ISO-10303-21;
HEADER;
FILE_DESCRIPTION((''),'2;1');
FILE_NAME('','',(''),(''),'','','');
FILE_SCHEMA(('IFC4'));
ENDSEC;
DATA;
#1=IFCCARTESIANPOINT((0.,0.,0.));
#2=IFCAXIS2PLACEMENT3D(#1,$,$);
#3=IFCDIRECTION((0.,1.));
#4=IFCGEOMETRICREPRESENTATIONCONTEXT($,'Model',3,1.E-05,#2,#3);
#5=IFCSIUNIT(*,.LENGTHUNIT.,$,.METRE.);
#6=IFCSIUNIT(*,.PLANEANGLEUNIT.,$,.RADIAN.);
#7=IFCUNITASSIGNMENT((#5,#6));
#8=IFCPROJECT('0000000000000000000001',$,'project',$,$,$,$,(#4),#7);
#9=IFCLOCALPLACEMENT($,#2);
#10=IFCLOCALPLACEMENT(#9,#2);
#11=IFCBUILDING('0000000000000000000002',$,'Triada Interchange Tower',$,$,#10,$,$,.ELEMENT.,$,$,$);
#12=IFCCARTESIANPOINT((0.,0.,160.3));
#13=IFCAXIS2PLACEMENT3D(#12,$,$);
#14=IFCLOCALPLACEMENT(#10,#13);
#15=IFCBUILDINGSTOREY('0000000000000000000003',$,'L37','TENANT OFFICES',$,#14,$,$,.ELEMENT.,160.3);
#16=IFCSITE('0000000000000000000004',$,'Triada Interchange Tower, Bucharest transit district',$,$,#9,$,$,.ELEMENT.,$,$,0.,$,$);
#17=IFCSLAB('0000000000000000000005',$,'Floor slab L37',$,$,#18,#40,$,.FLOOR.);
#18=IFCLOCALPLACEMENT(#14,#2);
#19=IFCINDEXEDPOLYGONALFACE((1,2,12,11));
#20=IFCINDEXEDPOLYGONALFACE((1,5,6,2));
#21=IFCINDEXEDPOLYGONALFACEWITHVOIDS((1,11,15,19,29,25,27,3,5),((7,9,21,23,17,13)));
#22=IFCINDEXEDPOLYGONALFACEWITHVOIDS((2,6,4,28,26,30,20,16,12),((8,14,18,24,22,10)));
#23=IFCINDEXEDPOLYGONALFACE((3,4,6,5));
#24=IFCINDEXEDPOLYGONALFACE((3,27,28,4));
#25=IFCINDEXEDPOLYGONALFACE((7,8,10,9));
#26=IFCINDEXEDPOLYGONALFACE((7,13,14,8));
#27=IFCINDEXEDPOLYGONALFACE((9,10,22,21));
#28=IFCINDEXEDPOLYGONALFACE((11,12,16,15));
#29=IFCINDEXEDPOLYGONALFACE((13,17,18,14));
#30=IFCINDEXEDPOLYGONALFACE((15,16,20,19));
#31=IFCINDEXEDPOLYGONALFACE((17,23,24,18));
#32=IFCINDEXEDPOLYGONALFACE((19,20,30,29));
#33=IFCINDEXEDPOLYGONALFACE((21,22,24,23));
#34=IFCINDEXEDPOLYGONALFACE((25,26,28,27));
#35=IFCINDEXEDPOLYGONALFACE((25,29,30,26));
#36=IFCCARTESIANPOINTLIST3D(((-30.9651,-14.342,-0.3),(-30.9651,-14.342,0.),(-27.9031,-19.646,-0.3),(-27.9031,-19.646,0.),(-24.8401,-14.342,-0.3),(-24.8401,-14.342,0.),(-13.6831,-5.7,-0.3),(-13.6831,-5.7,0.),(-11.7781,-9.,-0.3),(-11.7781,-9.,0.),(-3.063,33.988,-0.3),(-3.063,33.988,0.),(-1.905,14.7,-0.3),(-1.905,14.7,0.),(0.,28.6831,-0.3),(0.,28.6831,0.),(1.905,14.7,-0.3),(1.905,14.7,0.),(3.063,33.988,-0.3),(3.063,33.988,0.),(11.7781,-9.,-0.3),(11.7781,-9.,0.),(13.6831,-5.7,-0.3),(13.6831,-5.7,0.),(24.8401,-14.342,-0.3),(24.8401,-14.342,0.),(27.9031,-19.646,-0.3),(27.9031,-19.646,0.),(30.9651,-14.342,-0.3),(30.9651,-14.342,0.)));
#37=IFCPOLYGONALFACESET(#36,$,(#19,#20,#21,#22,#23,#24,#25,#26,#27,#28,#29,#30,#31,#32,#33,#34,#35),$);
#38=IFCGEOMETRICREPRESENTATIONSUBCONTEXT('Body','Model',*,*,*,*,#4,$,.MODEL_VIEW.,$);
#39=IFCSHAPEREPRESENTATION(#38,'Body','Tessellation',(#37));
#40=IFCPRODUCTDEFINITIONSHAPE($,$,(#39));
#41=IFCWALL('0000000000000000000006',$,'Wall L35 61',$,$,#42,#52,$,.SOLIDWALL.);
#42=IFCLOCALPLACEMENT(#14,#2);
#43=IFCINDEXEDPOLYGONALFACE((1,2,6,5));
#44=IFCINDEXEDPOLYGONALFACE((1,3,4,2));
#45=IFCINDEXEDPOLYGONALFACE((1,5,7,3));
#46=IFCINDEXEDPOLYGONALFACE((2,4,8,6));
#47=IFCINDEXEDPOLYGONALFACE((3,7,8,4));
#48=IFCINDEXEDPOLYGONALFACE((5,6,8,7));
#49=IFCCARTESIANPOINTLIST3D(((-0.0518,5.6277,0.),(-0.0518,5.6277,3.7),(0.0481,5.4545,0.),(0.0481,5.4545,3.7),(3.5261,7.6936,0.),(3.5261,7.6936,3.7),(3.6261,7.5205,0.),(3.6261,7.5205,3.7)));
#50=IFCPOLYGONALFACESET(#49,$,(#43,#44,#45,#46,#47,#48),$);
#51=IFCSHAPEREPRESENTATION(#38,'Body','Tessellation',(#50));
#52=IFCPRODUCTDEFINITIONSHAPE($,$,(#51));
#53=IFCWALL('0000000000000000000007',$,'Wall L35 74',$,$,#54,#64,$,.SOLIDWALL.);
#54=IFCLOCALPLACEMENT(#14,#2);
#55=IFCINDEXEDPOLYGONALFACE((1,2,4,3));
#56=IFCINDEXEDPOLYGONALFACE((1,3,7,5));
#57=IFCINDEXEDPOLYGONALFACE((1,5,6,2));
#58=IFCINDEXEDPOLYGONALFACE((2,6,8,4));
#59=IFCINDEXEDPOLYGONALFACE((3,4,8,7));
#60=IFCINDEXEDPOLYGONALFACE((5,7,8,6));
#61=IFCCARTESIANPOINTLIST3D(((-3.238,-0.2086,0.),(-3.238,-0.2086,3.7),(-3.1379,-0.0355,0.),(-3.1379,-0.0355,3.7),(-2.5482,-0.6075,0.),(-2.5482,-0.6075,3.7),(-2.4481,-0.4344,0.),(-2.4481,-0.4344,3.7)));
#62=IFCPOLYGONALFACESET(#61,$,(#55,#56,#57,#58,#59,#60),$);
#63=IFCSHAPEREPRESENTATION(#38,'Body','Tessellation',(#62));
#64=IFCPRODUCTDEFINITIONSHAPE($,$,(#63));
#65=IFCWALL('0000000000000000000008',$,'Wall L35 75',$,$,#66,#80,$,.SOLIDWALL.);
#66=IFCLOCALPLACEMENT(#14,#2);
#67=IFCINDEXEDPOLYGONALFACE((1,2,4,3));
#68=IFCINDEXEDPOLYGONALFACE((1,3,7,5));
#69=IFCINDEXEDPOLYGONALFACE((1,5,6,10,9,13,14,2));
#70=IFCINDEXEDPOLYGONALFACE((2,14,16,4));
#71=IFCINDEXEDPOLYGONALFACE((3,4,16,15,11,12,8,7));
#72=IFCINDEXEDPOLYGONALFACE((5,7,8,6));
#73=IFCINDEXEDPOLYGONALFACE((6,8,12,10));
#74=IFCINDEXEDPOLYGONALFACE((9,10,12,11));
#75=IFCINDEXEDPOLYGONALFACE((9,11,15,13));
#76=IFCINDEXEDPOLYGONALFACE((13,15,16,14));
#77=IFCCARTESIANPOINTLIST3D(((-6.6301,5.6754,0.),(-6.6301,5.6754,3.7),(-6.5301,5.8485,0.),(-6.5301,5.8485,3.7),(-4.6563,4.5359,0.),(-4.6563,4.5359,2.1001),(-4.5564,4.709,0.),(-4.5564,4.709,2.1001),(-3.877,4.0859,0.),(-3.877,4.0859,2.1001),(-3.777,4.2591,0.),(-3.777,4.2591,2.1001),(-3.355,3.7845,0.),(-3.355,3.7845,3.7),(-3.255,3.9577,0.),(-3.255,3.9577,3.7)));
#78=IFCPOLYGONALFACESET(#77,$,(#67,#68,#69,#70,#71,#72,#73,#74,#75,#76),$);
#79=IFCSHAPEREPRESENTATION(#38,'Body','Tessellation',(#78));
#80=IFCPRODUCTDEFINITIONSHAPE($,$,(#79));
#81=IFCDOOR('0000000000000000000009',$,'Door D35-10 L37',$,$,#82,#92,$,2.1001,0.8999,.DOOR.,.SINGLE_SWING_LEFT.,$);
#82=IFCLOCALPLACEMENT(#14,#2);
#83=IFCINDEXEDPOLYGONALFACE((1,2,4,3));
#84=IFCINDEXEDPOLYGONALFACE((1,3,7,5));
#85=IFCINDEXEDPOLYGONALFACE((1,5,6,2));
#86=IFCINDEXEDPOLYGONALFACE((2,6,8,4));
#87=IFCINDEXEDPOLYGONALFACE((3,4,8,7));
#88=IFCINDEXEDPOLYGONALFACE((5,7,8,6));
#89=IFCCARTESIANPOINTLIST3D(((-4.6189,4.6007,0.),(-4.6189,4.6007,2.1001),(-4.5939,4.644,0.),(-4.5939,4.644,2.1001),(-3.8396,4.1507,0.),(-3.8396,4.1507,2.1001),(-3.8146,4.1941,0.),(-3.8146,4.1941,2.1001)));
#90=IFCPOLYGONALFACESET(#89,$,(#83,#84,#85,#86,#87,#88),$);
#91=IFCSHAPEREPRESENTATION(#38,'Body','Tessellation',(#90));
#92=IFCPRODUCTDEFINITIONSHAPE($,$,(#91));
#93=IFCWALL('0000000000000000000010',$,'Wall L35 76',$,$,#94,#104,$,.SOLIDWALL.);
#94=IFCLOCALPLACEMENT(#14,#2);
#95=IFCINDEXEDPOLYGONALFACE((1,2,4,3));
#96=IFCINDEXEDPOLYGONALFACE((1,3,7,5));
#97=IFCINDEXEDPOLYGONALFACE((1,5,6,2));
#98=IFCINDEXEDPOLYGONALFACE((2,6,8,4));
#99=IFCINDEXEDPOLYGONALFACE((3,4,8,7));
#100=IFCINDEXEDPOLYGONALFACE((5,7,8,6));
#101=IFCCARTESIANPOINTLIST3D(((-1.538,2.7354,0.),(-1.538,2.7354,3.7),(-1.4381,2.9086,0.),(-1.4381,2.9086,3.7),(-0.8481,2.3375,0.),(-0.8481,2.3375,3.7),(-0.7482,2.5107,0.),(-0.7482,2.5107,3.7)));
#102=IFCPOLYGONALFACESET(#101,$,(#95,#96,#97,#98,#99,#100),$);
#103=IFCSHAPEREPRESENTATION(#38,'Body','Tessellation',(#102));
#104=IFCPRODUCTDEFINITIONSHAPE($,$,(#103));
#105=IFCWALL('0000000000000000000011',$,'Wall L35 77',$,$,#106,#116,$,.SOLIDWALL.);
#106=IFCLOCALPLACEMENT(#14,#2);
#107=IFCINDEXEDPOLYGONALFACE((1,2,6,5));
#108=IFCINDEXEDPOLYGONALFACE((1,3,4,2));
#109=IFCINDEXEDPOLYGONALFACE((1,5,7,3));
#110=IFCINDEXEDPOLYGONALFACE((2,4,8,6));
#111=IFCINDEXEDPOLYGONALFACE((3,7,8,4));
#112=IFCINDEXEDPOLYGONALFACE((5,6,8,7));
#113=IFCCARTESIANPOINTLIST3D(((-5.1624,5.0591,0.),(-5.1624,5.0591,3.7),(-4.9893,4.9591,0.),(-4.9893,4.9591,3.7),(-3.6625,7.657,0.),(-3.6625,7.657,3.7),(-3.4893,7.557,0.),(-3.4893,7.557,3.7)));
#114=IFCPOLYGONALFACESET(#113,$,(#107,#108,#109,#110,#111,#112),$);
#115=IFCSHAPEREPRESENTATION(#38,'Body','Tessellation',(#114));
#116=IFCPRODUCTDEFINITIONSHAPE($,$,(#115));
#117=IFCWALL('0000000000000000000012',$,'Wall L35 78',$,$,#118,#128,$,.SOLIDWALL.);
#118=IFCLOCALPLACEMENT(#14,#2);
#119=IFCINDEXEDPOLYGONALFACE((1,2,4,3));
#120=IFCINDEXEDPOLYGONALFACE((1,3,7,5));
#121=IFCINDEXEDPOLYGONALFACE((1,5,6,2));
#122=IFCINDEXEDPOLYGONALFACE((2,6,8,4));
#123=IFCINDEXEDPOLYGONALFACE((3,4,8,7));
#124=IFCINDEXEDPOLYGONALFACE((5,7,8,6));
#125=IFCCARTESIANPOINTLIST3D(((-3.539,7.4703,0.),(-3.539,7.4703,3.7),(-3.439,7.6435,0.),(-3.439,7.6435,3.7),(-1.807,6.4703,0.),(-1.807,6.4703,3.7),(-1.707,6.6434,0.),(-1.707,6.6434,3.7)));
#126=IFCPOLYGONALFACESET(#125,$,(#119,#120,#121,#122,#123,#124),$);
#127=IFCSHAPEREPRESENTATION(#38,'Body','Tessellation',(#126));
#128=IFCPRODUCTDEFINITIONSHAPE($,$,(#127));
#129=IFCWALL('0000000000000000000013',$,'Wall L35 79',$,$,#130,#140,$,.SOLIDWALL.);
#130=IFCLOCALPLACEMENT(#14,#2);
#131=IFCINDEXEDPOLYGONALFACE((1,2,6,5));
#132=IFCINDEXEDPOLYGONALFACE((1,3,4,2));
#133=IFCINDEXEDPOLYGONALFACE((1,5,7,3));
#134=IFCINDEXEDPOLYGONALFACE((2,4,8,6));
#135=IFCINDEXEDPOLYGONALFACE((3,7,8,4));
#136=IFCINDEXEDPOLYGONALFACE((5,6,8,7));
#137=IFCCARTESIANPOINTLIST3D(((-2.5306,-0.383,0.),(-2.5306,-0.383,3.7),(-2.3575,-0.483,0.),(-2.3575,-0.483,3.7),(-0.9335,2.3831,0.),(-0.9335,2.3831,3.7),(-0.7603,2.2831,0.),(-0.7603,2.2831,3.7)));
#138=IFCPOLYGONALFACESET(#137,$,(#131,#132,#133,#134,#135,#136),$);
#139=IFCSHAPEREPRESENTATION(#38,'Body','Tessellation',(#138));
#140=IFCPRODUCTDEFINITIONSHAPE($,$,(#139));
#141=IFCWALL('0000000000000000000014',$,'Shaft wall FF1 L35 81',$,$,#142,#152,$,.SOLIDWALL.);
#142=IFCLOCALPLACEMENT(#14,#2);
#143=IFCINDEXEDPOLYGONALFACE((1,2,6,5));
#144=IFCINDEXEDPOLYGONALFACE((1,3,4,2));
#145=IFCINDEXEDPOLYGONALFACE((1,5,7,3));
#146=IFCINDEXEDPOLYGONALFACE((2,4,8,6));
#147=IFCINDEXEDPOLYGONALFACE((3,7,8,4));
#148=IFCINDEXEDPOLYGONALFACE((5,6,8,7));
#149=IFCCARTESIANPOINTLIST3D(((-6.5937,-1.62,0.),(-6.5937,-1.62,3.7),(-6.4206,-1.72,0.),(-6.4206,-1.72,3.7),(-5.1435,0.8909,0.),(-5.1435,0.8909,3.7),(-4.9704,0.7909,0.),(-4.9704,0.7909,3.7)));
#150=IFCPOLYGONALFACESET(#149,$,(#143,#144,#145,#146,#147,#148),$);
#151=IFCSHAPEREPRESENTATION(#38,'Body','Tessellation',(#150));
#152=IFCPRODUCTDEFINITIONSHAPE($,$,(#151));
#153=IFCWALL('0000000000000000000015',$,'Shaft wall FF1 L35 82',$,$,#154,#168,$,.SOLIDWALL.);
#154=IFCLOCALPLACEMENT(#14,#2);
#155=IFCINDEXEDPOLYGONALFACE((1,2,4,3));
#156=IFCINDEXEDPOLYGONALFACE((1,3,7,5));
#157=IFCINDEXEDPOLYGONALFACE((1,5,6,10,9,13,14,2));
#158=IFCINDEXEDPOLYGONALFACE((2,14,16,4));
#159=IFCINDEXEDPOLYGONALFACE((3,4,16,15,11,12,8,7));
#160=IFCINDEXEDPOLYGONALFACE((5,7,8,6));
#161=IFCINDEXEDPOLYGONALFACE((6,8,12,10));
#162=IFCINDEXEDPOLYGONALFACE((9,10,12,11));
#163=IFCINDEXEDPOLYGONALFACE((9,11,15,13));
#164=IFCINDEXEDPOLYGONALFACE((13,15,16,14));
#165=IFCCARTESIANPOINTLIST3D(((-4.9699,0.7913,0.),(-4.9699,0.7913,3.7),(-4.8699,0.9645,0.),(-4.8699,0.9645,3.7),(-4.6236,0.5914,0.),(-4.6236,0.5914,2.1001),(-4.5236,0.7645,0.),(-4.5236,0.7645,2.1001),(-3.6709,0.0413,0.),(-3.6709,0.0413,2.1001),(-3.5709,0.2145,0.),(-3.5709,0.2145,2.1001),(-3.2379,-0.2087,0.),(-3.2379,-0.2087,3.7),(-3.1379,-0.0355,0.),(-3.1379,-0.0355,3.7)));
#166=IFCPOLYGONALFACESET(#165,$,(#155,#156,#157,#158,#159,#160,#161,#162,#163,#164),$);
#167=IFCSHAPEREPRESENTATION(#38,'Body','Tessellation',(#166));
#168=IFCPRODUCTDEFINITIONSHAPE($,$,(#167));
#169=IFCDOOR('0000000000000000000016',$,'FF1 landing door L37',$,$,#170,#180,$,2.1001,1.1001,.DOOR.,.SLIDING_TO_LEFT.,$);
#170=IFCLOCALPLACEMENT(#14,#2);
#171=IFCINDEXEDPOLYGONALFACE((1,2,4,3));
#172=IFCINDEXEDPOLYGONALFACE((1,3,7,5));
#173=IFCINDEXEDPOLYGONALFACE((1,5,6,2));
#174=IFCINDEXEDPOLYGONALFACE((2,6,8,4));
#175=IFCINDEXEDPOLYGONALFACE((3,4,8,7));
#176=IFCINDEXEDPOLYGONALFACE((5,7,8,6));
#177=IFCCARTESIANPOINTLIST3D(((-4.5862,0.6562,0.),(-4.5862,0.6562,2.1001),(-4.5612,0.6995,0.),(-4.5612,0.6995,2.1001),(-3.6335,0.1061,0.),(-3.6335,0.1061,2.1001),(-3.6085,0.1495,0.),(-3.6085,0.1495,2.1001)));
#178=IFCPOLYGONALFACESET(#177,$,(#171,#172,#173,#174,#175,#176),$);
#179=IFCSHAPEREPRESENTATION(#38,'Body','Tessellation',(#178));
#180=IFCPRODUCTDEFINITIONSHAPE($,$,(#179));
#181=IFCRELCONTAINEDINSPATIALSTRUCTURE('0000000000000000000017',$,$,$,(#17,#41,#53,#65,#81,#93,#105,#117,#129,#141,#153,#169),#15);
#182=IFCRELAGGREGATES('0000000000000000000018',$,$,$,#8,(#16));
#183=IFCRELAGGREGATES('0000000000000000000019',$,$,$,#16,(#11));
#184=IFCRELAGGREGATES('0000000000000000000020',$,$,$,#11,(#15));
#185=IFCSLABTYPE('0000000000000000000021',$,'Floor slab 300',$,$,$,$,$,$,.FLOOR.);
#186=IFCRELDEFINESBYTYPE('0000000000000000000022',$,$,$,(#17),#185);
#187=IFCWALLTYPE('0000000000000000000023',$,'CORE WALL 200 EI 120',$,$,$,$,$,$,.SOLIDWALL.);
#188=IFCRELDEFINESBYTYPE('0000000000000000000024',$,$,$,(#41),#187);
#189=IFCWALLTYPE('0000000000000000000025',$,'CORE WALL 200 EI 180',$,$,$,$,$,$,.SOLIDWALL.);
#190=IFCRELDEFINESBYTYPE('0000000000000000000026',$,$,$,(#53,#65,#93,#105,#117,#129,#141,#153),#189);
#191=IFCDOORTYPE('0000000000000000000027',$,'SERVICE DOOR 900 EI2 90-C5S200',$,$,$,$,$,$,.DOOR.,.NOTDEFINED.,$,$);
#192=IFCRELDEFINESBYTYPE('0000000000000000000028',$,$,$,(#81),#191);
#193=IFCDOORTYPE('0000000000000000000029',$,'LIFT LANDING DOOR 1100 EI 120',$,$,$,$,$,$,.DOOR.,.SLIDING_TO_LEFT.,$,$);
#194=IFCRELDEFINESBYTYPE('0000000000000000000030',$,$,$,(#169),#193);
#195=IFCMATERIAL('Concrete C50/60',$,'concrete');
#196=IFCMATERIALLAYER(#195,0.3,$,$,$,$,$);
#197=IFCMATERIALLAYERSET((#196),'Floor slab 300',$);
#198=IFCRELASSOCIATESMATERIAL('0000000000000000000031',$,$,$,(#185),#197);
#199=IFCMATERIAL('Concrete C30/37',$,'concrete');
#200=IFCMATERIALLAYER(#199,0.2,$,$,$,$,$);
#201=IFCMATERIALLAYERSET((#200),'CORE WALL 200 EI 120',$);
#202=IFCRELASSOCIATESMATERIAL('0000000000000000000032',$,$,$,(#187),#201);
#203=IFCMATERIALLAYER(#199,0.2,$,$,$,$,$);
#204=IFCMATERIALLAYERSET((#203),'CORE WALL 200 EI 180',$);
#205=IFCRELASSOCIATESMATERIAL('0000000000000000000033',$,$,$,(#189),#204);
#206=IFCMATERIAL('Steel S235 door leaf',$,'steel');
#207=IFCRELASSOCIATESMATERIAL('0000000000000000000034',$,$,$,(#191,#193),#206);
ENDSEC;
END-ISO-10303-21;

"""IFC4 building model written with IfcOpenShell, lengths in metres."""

from ifc_helpers import new_model, si_unit, direction, frame, frame_2d, origin, place, context, subcontext, project, spatial, polyline, rectangle, outline, extrude, material, layer, layer_set, type_object, element, fill, save


model = new_model("IFC4")

# Units and contexts
model_context = context("Model", 3, precision=1e-05, world=origin(), true_north=direction((0.0, 1.0)))
body_context = subcontext(model_context, "Body", "Model", "MODEL_VIEW")
ifc_project = project(units=[si_unit("LENGTHUNIT", "METRE"), si_unit("PLANEANGLEUNIT", "RADIAN")], contexts=[model_context])

# Site, building, storey
site_placement = place(None, origin())
site = spatial("IfcSite", under=ifc_project, at=site_placement, Name="Triada Interchange Tower, Bucharest transit district", CompositionType="ELEMENT", RefElevation=0.0)
building_placement = place(site_placement, origin())
building = spatial("IfcBuilding", under=site, at=building_placement, Name="Triada Interchange Tower", CompositionType="ELEMENT")
storey_placement = place(building_placement, frame((0.0, 0.0, 160.3)))
storey = spatial("IfcBuildingStorey", under=building, at=storey_placement, Name="L37", Description="TENANT OFFICES", CompositionType="ELEMENT", Elevation=160.3)

# Slab
ifc_material_1 = material(Name="Concrete C50/60", Category="concrete")
ifc_layer_1 = layer(ifc_material_1, 0.3)
ifc_layer_set_1 = layer_set([ifc_layer_1], Name="Floor slab 300")
slab_type = type_object("IfcSlabType", Name="Floor slab 300", PredefinedType="FLOOR", material=ifc_layer_set_1)
slab_placement = place(storey_placement, frame((0.0, 0.0, -0.3)))
element("IfcSlab", 1, at=slab_placement, inside=storey, type_object=slab_type, Name="Floor slab L37", PredefinedType="FLOOR", context=body_context, shape_type="SweptSolid", body=[
    extrude(outline(polyline([(-3.063, 33.988), (-30.9651, -14.342), (-24.8401, -14.342), (-27.9031, -19.646), (27.9031, -19.646), (24.8401, -14.342), (30.9651, -14.342), (3.063, 33.988), (0.0, 28.6831), (-3.063, 33.988)]), holes=[polyline([(1.905, 14.7), (-1.905, 14.7), (-13.6831, -5.7), (-11.7781, -9.0), (11.7781, -9.0), (13.6831, -5.7), (1.905, 14.7)])]), origin(), (0.0, 0.0, 1.0), 0.3),
])

# Walls
ifc_material_2 = material(Name="Concrete C30/37", Category="concrete")
ifc_layer_2 = layer(ifc_material_2, 0.2)
ifc_layer_set_2 = layer_set([ifc_layer_2], Name="CORE WALL 200 EI 120")
wall_type_1 = type_object("IfcWallType", Name="CORE WALL 200 EI 120", PredefinedType="SOLIDWALL", material=ifc_layer_set_2)
wall_1_placement = place(storey_placement, frame((-0.002, 5.541, 0.0), z_axis=(0.0, 0.0, 1.0), x_axis=(0.866002, 0.500041, 0.0)))
element("IfcWall", 2, at=wall_1_placement, inside=storey, type_object=wall_type_1, Name="Wall L35 61", PredefinedType="SOLIDWALL", context=body_context, shape_type="SweptSolid", body=[
    extrude(rectangle(XDim=4.1316, YDim=0.2, at=frame_2d((2.0659, 0.0))), origin(), (0.0, 0.0, 1.0), 3.7),
])
ifc_layer_3 = layer(ifc_material_2, 0.2)
ifc_layer_set_3 = layer_set([ifc_layer_3], Name="CORE WALL 200 EI 180")
wall_type_2 = type_object("IfcWallType", Name="CORE WALL 200 EI 180", PredefinedType="SOLIDWALL", material=ifc_layer_set_3)
wall_2_placement = place(storey_placement, frame((-3.188, -0.1221, 0.0), z_axis=(0.0, 0.0, 1.0), x_axis=(0.865706, -0.500553, 0.0)))
element("IfcWall", 3, at=wall_2_placement, inside=storey, type_object=wall_type_2, Name="Wall L35 74", PredefinedType="SOLIDWALL", context=body_context, shape_type="SweptSolid", body=[
    extrude(rectangle(XDim=0.7969, YDim=0.2, at=frame_2d((0.3984, 0.0))), origin(), (0.0, 0.0, 1.0), 3.7),
])

# Wall, opening, door
wall_3_placement = place(storey_placement, frame((-6.5801, 5.762, 0.0), z_axis=(0.0, 0.0, 1.0), x_axis=(0.86603, -0.499993, 0.0)))
wall_3 = element("IfcWall", 4, at=wall_3_placement, inside=storey, type_object=wall_type_2, Name="Wall L35 75", PredefinedType="SOLIDWALL", context=body_context, shape_type="SweptSolid", body=[
    extrude(rectangle(XDim=3.7817, YDim=0.2, at=frame_2d((1.8909, 0.0))), origin(), (0.0, 0.0, 1.0), 3.7),
])
opening_1_placement = place(wall_3_placement, frame((2.2791, 0.0, 0.0)))
opening_1 = element("IfcOpeningElement", 5, at=opening_1_placement, cuts=wall_3, PredefinedType="OPENING", context=body_context, shape_type="SweptSolid", body=[
    extrude(rectangle(XDim=0.8999, YDim=2.1001, at=frame_2d((0.45, 1.05))), frame((0.0, 0.1099, 0.0), z_axis=(0.0, -1.0, 0.0), x_axis=(1.0, 0.0, 0.0)), (0.0, 0.0, 1.0), 0.22),
])
ifc_material_3 = material(Name="Steel S235 door leaf", Category="steel")
door_type_1 = type_object("IfcDoorType", Name="SERVICE DOOR 900 EI2 90-C5S200", OperationType="NOTDEFINED", PredefinedType="DOOR", material=ifc_material_3)
door_1_placement = place(opening_1_placement, origin())
door_1 = element("IfcDoor", 6, at=door_1_placement, inside=storey, type_object=door_type_1, Name="Door D35-10 L37", OperationType="SINGLE_SWING_LEFT", OverallHeight=2.1001, OverallWidth=0.8999, PredefinedType="DOOR", context=body_context, shape_type="SweptSolid", body=[
    extrude(rectangle(XDim=0.8999, YDim=2.1001, at=frame_2d((0.45, 1.05))), frame((0.0, 0.0249, 0.0), z_axis=(0.0, -1.0, 0.0), x_axis=(1.0, 0.0, 0.0)), (0.0, 0.0, 1.0), 0.05),
])
fill(opening_1, door_1)

# Walls
wall_4_placement = place(storey_placement, frame((-1.488, 2.822, 0.0), z_axis=(0.0, 0.0, 1.0), x_axis=(0.866237, -0.499634, 0.0)))
element("IfcWall", 7, at=wall_4_placement, inside=storey, type_object=wall_type_2, Name="Wall L35 76", PredefinedType="SOLIDWALL", context=body_context, shape_type="SweptSolid", body=[
    extrude(rectangle(XDim=0.7964, YDim=0.2, at=frame_2d((0.3982, 0.0))), origin(), (0.0, 0.0, 1.0), 3.7),
])
wall_5_placement = place(storey_placement, frame((-5.0759, 5.009, 0.0), z_axis=(0.0, 0.0, 1.0), x_axis=(0.500025, 0.866011, 0.0)))
element("IfcWall", 8, at=wall_5_placement, inside=storey, type_object=wall_type_2, Name="Wall L35 77", PredefinedType="SOLIDWALL", context=body_context, shape_type="SweptSolid", body=[
    extrude(rectangle(XDim=2.9998, YDim=0.2, at=frame_2d((1.5, 0.0))), origin(), (0.0, 0.0, 1.0), 3.7),
])
wall_6_placement = place(storey_placement, frame((-3.489, 7.5569, 0.0), z_axis=(0.0, 0.0, 1.0), x_axis=(0.866011, -0.500025, 0.0)))
element("IfcWall", 9, at=wall_6_placement, inside=storey, type_object=wall_type_2, Name="Wall L35 78", PredefinedType="SOLIDWALL", context=body_context, shape_type="SweptSolid", body=[
    extrude(rectangle(XDim=2.0, YDim=0.2, at=frame_2d((1.0, 0.0))), origin(), (0.0, 0.0, 1.0), 3.7),
])
wall_7_placement = place(storey_placement, frame((-2.4441, -0.4331, 0.0), z_axis=(0.0, 0.0, 1.0), x_axis=(0.500036, 0.866005, 0.0)))
element("IfcWall", 10, at=wall_7_placement, inside=storey, type_object=wall_type_2, Name="Wall L35 79", PredefinedType="SOLIDWALL", context=body_context, shape_type="SweptSolid", body=[
    extrude(rectangle(XDim=3.1941, YDim=0.2, at=frame_2d((1.5972, 0.0))), origin(), (0.0, 0.0, 1.0), 3.7),
])
wall_8_placement = place(storey_placement, frame((-6.5071, -1.6699, 0.0), z_axis=(0.0, 0.0, 1.0), x_axis=(0.500123, 0.865954, 0.0)))
element("IfcWall", 11, at=wall_8_placement, inside=storey, type_object=wall_type_2, Name="Shaft wall FF1 L35 81", PredefinedType="SOLIDWALL", context=body_context, shape_type="SweptSolid", body=[
    extrude(rectangle(XDim=2.8997, YDim=0.2, at=frame_2d((1.4497, 0.0))), origin(), (0.0, 0.0, 1.0), 3.7),
])

# Wall, opening, door
wall_9_placement = place(storey_placement, frame((-4.9199, 0.8779, 0.0), z_axis=(0.0, 0.0, 1.0), x_axis=(0.866011, -0.500025, 0.0)))
wall_9 = element("IfcWall", 12, at=wall_9_placement, inside=storey, type_object=wall_type_2, Name="Shaft wall FF1 L35 82", PredefinedType="SOLIDWALL", context=body_context, shape_type="SweptSolid", body=[
    extrude(rectangle(XDim=2.0, YDim=0.2, at=frame_2d((1.0, 0.0))), origin(), (0.0, 0.0, 1.0), 3.7),
])
opening_2_placement = place(wall_9_placement, frame((0.3999, 0.0, 0.0)))
opening_2 = element("IfcOpeningElement", 13, at=opening_2_placement, cuts=wall_9, PredefinedType="OPENING", context=body_context, shape_type="SweptSolid", body=[
    extrude(rectangle(XDim=1.1001, YDim=2.1001, at=frame_2d((0.55, 1.05))), frame((0.0, 0.1099, 0.0), z_axis=(0.0, -1.0, 0.0), x_axis=(1.0, 0.0, 0.0)), (0.0, 0.0, 1.0), 0.22),
])
door_type_2 = type_object("IfcDoorType", Name="LIFT LANDING DOOR 1100 EI 120", OperationType="SLIDING_TO_LEFT", PredefinedType="DOOR", material=ifc_material_3)
door_2_placement = place(opening_2_placement, origin())
door_2 = element("IfcDoor", 14, at=door_2_placement, inside=storey, type_object=door_type_2, Name="FF1 landing door L37", OperationType="SLIDING_TO_LEFT", OverallHeight=2.1001, OverallWidth=1.1001, PredefinedType="DOOR", context=body_context, shape_type="SweptSolid", body=[
    extrude(rectangle(XDim=1.1001, YDim=2.1001, at=frame_2d((0.55, 1.05))), frame((0.0, 0.0249, 0.0), z_axis=(0.0, -1.0, 0.0), x_axis=(1.0, 0.0, 0.0)), (0.0, 0.0, 1.0), 0.05),
])
fill(opening_2, door_2)

save(model, "model.ifc")
